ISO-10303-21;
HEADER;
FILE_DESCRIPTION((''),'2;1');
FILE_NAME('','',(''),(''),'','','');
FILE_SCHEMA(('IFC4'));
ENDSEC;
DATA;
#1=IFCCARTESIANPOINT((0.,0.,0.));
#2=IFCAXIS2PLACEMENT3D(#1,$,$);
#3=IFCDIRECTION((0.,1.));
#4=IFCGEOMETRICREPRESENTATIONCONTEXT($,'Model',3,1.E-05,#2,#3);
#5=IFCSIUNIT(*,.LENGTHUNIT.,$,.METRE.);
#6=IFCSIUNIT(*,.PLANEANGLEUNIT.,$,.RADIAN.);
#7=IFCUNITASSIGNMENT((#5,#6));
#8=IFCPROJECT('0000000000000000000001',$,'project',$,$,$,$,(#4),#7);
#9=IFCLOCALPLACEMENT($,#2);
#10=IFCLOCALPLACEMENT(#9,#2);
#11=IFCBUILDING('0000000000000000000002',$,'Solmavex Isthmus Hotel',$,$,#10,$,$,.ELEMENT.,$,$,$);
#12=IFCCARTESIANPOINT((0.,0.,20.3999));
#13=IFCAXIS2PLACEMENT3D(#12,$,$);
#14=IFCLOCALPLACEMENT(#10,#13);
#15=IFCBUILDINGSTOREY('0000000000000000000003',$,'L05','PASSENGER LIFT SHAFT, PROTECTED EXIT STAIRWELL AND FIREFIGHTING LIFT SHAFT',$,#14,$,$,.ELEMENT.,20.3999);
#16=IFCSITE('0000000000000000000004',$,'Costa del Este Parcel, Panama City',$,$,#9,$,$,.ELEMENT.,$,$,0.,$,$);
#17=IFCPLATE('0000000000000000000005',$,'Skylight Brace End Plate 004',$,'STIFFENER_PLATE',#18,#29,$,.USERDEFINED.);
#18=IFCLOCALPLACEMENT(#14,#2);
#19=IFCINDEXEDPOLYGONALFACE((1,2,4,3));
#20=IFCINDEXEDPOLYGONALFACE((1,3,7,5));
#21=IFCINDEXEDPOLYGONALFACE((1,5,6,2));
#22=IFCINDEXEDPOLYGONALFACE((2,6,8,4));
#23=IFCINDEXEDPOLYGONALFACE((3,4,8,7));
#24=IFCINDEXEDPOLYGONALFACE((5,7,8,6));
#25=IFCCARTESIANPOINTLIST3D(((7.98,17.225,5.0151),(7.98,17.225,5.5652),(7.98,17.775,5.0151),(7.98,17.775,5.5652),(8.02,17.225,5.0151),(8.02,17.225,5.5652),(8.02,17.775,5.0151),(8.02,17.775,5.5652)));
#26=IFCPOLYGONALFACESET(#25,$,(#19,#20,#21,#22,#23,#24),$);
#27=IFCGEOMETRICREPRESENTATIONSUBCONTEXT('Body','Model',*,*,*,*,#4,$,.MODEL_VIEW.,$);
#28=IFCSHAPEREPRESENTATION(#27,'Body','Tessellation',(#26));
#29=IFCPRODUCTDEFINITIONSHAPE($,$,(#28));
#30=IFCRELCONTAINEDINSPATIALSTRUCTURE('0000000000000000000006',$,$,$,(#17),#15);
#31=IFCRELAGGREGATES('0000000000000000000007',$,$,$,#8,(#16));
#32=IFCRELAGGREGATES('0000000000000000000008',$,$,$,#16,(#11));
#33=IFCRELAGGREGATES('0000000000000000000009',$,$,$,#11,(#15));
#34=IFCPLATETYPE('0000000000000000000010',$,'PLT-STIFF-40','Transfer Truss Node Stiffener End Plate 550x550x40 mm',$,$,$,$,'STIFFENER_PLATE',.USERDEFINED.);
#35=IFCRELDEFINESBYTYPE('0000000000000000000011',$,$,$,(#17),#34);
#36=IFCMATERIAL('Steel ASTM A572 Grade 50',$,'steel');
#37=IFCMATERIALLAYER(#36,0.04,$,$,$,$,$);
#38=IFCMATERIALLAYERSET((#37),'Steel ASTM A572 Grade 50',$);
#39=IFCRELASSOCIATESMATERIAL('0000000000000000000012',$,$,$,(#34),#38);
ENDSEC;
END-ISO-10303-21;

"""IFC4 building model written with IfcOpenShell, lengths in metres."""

from ifc_helpers import new_model, si_unit, direction, frame, origin, origin_2d, place, context, subcontext, project, spatial, rectangle, extrude, material, layer, layer_set, type_object, element, save


model = new_model("IFC4")

# Units and contexts
model_context = context("Model", 3, precision=1e-05, world=origin(), true_north=direction((0.0, 1.0)))
body_context = subcontext(model_context, "Body", "Model", "MODEL_VIEW")
ifc_project = project(units=[si_unit("LENGTHUNIT", "METRE"), si_unit("PLANEANGLEUNIT", "RADIAN")], contexts=[model_context])

# Site, building, storey
site_placement = place(None, origin())
site = spatial("IfcSite", under=ifc_project, at=site_placement, Name="Costa del Este Parcel, Panama City", CompositionType="ELEMENT", RefElevation=0.0)
building_placement = place(site_placement, origin())
building = spatial("IfcBuilding", under=site, at=building_placement, Name="Solmavex Isthmus Hotel", CompositionType="ELEMENT")
storey_placement = place(building_placement, frame((0.0, 0.0, 20.3999)))
storey = spatial("IfcBuildingStorey", under=building, at=storey_placement, Name="L05", Description="PASSENGER LIFT SHAFT, PROTECTED EXIT STAIRWELL AND FIREFIGHTING LIFT SHAFT", CompositionType="ELEMENT", Elevation=20.3999)

# Plate
ifc_material_1 = material(Name="Steel ASTM A572 Grade 50", Category="steel")
ifc_layer_1 = layer(ifc_material_1, 0.04)
ifc_layer_set_1 = layer_set([ifc_layer_1], Name="Steel ASTM A572 Grade 50")
plate_type_1 = type_object("IfcPlateType", Name="PLT-STIFF-40", Description="Transfer Truss Node Stiffener End Plate 550x550x40 mm", ElementType="STIFFENER_PLATE", PredefinedType="USERDEFINED", material=ifc_layer_set_1)
for number, where, z_axis, x_axis, name in (
    (1, (8.0, 17.5, 5.0151), (0.0, 0.0, 1.0), (0.0, 1.0, 0.0), "Skylight Brace End Plate 004"),
):
    element("IfcPlate", number, at=place(storey_placement, frame(where, z_axis=z_axis, x_axis=x_axis)), inside=storey, type_object=plate_type_1, Name=name, ObjectType="STIFFENER_PLATE", PredefinedType="USERDEFINED", context=body_context, shape_type="SweptSolid", body=[
        extrude(rectangle(XDim=0.55, YDim=0.04, at=origin_2d()), origin(), (0.0, 0.0, 1.0), 0.55),
    ])

save(model, "model.ifc")
